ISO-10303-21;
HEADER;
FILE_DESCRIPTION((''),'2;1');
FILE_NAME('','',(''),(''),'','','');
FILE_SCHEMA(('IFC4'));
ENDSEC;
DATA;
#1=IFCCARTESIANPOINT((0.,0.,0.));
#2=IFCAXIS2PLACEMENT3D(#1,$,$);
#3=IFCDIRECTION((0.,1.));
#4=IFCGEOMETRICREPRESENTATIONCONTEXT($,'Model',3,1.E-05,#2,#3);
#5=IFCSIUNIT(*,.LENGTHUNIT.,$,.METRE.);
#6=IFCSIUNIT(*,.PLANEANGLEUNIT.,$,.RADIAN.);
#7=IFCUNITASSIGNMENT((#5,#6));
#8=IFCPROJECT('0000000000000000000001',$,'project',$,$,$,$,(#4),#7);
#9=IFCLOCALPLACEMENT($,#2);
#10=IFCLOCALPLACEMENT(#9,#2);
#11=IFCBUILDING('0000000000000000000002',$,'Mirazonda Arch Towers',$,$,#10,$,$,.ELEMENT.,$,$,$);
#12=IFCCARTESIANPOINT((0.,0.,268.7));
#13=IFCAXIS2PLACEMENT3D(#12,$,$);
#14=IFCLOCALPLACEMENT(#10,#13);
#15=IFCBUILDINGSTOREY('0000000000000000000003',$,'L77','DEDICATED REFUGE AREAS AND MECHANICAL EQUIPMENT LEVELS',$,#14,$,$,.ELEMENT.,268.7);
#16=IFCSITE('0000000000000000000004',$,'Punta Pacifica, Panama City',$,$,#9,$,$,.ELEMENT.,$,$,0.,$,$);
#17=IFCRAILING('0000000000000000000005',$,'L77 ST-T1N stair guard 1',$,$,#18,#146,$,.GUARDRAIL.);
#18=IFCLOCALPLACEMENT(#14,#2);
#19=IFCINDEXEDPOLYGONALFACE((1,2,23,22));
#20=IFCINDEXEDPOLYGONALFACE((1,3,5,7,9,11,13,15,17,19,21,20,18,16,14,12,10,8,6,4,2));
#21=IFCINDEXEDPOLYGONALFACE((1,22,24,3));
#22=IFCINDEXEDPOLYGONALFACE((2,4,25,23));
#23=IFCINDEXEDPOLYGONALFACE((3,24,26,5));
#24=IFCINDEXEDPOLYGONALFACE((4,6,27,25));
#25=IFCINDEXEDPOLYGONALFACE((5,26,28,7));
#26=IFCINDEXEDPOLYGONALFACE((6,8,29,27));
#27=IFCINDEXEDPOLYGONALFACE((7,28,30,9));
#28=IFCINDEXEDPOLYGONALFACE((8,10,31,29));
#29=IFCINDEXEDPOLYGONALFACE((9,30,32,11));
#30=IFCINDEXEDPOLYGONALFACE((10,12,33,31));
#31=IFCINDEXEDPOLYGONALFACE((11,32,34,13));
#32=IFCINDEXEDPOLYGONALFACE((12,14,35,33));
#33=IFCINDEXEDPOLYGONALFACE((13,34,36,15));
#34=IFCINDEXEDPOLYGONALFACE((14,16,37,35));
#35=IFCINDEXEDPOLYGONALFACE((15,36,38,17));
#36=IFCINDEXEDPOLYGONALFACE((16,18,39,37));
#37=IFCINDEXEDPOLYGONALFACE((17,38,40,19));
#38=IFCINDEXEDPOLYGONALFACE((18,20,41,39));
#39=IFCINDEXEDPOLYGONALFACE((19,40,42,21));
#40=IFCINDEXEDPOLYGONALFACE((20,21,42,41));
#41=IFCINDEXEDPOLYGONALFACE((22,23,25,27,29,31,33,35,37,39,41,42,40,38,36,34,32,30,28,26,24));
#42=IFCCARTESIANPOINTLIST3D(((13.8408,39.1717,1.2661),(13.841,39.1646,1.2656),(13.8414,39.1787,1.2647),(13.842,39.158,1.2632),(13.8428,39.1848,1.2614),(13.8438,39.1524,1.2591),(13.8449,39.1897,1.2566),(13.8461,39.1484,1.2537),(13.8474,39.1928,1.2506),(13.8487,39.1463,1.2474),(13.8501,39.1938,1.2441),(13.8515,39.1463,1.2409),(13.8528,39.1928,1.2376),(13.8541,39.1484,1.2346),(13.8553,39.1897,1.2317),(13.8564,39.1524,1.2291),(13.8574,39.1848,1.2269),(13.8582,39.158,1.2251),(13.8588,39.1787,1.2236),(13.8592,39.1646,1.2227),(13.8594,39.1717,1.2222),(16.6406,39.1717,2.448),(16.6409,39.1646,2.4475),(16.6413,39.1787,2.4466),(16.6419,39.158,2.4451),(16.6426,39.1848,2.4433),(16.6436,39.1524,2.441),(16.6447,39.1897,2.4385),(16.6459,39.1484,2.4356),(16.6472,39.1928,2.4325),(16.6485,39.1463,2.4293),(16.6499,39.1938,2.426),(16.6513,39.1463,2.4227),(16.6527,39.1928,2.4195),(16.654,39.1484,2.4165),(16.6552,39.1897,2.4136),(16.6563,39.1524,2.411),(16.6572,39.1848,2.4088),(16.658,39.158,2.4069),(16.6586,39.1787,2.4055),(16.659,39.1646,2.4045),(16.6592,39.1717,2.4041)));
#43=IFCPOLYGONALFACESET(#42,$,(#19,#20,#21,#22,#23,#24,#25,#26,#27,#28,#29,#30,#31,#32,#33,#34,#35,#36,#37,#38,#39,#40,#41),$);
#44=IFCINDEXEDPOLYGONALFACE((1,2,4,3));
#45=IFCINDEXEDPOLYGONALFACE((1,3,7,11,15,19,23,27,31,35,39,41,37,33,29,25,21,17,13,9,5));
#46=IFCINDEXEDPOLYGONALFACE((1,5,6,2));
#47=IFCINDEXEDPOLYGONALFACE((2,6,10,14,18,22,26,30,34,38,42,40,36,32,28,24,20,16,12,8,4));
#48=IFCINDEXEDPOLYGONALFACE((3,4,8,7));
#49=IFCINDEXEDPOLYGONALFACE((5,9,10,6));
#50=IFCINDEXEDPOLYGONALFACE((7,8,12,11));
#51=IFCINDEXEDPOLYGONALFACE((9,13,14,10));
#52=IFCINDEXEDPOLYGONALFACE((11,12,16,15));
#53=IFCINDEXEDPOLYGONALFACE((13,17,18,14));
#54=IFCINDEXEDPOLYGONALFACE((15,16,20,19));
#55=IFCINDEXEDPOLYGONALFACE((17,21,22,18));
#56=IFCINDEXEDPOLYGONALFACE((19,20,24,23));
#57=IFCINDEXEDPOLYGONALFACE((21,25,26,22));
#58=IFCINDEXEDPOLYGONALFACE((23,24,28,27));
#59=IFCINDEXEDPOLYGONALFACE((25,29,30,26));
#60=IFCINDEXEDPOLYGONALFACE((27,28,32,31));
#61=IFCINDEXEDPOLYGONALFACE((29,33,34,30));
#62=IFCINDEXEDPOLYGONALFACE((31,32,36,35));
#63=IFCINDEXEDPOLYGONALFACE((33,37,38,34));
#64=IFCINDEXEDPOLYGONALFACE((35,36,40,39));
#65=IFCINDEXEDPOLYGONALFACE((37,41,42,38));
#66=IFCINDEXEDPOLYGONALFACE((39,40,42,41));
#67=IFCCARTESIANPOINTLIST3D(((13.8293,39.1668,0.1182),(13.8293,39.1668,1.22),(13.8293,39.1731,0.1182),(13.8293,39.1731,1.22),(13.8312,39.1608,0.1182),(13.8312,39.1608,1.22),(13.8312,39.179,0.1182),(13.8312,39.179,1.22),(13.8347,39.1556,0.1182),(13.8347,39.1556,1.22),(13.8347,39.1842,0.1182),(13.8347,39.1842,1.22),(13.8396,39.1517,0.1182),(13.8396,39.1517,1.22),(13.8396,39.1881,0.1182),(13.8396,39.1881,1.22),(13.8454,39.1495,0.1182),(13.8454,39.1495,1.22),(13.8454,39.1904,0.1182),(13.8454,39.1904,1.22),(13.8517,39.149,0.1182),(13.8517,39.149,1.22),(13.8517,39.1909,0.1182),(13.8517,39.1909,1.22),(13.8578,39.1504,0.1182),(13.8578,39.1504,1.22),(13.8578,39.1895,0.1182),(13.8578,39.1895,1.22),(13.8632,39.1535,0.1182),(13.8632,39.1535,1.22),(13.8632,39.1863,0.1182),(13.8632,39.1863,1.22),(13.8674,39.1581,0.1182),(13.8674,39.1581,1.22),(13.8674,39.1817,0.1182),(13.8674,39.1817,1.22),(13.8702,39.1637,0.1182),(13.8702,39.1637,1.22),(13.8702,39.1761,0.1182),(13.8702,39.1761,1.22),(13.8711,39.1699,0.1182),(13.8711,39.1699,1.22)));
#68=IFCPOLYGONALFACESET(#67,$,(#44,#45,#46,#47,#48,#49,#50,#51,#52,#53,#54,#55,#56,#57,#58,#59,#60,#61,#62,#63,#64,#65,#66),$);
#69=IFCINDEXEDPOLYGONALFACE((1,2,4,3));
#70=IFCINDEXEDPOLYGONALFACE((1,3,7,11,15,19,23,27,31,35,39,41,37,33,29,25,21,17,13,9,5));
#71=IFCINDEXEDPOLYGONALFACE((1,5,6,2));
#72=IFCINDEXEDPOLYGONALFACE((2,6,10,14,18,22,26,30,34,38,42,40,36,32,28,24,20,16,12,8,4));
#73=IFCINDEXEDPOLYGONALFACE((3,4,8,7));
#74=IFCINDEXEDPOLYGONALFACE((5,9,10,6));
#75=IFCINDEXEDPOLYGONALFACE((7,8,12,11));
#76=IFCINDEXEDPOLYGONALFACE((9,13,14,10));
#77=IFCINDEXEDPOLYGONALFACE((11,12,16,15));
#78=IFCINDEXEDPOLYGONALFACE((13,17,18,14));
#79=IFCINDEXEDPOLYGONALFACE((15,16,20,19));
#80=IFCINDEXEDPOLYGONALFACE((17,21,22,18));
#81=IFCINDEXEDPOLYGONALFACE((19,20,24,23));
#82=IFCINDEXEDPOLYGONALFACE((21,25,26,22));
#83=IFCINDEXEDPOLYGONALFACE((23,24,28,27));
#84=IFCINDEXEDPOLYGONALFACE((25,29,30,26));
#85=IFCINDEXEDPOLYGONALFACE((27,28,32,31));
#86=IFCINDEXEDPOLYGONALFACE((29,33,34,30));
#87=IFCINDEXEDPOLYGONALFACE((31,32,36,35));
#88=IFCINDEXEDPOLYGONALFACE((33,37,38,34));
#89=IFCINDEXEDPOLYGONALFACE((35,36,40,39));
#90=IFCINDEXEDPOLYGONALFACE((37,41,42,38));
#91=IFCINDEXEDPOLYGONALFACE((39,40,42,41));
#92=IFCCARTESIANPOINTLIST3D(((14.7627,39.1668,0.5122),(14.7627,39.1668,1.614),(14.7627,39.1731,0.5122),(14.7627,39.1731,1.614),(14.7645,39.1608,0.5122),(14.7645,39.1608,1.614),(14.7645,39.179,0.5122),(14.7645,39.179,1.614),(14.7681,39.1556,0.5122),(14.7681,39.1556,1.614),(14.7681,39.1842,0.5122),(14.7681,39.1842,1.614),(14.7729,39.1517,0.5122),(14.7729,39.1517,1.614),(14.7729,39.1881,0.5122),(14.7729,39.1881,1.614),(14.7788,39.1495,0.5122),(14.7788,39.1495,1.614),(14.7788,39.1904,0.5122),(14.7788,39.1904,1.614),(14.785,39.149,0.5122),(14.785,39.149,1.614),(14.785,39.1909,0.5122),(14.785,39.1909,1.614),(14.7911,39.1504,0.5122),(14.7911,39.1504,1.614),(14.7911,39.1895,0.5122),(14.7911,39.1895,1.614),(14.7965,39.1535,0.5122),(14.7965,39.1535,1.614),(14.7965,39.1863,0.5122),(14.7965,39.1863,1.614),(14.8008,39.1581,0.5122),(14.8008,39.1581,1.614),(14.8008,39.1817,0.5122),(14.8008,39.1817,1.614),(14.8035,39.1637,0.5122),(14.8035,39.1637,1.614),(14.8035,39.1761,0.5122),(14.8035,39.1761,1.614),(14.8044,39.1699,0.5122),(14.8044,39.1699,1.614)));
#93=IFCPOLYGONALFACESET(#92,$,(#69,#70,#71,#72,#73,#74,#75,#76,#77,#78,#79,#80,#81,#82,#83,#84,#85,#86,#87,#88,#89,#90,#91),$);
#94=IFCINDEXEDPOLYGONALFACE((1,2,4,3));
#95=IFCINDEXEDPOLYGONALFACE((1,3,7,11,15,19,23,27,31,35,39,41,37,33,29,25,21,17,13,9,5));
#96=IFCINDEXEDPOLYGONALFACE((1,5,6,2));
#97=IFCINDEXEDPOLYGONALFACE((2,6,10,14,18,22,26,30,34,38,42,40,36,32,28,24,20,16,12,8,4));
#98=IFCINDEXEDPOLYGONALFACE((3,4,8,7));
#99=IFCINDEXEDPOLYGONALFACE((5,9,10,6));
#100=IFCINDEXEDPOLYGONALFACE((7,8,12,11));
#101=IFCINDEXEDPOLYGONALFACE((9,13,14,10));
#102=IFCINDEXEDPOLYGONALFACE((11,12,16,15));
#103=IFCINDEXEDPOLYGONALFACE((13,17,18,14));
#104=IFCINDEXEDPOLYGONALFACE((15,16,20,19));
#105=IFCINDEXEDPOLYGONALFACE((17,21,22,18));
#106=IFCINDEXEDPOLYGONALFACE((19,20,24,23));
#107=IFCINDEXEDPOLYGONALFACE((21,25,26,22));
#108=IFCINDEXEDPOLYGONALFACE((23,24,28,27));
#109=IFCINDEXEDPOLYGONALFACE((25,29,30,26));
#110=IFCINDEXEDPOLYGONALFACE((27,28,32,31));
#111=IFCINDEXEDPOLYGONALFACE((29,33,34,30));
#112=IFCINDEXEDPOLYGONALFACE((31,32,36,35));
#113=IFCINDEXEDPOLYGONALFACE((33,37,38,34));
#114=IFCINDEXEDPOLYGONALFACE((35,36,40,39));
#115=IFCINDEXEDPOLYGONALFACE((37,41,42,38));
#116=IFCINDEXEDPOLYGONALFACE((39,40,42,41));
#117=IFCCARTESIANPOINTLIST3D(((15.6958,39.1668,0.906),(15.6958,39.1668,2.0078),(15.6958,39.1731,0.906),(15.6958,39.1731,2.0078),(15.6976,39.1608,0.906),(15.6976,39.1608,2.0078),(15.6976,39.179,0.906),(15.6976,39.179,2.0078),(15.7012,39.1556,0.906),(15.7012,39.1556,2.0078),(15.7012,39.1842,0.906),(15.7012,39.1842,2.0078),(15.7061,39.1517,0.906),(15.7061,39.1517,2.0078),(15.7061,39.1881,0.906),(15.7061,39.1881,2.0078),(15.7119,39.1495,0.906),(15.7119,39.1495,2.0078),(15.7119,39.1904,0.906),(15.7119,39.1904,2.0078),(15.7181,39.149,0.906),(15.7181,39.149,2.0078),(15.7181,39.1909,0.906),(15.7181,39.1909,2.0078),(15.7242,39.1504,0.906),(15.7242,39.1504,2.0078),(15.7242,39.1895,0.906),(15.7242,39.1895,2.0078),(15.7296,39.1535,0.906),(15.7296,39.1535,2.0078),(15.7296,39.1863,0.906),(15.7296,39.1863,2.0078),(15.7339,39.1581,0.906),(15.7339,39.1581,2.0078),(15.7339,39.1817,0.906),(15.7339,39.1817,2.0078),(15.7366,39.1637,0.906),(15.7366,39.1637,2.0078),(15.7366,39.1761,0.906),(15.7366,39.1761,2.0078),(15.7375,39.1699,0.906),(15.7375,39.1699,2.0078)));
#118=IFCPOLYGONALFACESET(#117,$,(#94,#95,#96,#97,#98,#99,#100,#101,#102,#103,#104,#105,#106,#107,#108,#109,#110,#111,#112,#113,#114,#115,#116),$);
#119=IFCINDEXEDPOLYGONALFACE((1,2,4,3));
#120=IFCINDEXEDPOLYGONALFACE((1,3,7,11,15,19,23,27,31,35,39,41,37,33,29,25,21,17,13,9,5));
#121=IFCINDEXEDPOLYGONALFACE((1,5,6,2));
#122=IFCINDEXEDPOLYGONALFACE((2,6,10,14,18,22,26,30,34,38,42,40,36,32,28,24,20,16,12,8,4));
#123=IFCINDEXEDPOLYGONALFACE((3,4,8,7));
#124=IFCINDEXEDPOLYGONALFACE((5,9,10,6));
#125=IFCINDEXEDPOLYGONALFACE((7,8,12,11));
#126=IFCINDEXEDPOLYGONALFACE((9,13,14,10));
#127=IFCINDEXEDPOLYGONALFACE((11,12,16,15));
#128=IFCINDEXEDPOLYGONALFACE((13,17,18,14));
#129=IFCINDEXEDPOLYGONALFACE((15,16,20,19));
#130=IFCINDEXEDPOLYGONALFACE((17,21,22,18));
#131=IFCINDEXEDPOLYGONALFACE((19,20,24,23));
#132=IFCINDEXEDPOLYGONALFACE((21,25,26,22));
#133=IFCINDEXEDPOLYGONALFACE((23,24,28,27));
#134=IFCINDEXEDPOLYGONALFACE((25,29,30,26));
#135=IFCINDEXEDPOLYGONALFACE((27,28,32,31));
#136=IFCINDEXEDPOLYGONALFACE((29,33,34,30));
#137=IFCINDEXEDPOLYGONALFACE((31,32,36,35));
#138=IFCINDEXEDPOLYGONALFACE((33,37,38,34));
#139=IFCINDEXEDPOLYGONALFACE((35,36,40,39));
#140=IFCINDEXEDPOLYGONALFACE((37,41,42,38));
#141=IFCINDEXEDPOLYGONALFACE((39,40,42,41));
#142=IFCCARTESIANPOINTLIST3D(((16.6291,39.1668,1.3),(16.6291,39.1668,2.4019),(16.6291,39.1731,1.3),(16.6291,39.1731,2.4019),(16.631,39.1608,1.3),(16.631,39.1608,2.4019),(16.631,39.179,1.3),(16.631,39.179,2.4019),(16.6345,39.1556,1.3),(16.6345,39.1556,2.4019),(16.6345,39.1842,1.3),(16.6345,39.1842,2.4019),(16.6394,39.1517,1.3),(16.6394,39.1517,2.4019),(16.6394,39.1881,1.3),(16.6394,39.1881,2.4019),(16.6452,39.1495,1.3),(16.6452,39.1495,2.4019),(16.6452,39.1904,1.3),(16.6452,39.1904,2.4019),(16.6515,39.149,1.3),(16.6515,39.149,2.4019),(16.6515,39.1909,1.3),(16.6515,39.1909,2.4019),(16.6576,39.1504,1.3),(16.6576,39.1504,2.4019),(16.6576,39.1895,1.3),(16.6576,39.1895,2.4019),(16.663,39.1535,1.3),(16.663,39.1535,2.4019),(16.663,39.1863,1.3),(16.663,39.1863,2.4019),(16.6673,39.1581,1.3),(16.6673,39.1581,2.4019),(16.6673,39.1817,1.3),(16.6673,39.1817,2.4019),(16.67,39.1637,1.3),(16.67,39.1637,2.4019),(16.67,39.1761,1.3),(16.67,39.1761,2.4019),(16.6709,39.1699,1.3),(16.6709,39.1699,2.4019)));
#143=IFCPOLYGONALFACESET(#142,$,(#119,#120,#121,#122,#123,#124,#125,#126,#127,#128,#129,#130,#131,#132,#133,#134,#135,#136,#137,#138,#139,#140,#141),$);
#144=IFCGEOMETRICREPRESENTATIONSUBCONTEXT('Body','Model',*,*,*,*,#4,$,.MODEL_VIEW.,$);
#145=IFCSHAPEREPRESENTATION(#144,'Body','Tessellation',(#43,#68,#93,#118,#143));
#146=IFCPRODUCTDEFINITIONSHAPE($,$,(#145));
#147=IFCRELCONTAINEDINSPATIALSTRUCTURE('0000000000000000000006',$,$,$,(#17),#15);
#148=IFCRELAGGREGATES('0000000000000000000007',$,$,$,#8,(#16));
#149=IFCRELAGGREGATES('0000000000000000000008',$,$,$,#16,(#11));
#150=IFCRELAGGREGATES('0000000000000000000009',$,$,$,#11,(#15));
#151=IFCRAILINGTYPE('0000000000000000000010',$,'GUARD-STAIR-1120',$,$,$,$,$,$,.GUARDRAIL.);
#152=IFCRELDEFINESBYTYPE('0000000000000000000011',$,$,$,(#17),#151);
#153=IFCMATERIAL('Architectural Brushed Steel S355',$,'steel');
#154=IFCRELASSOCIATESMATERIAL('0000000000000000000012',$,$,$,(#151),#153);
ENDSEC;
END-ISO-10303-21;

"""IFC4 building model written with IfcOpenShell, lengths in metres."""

from ifc_helpers import new_model, si_unit, direction, frame, origin, origin_2d, place, context, subcontext, project, spatial, circle, extrude, material, type_object, element, save


model = new_model("IFC4")

# Units and contexts
model_context = context("Model", 3, precision=1e-05, world=origin(), true_north=direction((0.0, 1.0)))
body_context = subcontext(model_context, "Body", "Model", "MODEL_VIEW")
ifc_project = project(units=[si_unit("LENGTHUNIT", "METRE"), si_unit("PLANEANGLEUNIT", "RADIAN")], contexts=[model_context])

# Site, building, storey
site_placement = place(None, origin())
site = spatial("IfcSite", under=ifc_project, at=site_placement, Name="Punta Pacifica, Panama City", CompositionType="ELEMENT", RefElevation=0.0)
building_placement = place(site_placement, origin())
building = spatial("IfcBuilding", under=site, at=building_placement, Name="Mirazonda Arch Towers", CompositionType="ELEMENT")
storey_placement = place(building_placement, frame((0.0, 0.0, 268.7)))
storey = spatial("IfcBuildingStorey", under=building, at=storey_placement, Name="L77", Description="DEDICATED REFUGE AREAS AND MECHANICAL EQUIPMENT LEVELS", CompositionType="ELEMENT", Elevation=268.7)

# Shared definitions
ifc_material_1 = material(Name="Architectural Brushed Steel S355", Category="steel")

# Railing
railing_type_1 = type_object("IfcRailingType", Name="GUARD-STAIR-1120", PredefinedType="GUARDRAIL", material=ifc_material_1)
railing_1_placement = place(storey_placement, frame((13.8501, 39.1699, 0.1182)))
element("IfcRailing", 1, at=railing_1_placement, inside=storey, type_object=railing_type_1, Name="L77 ST-T1N stair guard 1", PredefinedType="GUARDRAIL", context=body_context, shape_type="SweptSolid", body=[
    extrude(circle(Radius=0.0239, at=origin_2d()), frame((0.0, 0.0, 1.126), z_axis=(0.92128, 0.0, 0.388901), x_axis=(0.0, 1.0, 0.0)), (0.0, 0.0, 1.0), 3.0391),
    extrude(circle(Radius=0.021, at=origin_2d()), origin(), (0.0, 0.0, 1.0), 1.1018),
    extrude(circle(Radius=0.021, at=origin_2d()), frame((0.9333, 0.0, 0.394)), (0.0, 0.0, 1.0), 1.1018),
    extrude(circle(Radius=0.021, at=origin_2d()), frame((1.8665, 0.0, 0.7878)), (0.0, 0.0, 1.0), 1.1018),
    extrude(circle(Radius=0.021, at=origin_2d()), frame((2.7998, 0.0, 1.1819)), (0.0, 0.0, 1.0), 1.1018),
])

save(model, "model.ifc")
